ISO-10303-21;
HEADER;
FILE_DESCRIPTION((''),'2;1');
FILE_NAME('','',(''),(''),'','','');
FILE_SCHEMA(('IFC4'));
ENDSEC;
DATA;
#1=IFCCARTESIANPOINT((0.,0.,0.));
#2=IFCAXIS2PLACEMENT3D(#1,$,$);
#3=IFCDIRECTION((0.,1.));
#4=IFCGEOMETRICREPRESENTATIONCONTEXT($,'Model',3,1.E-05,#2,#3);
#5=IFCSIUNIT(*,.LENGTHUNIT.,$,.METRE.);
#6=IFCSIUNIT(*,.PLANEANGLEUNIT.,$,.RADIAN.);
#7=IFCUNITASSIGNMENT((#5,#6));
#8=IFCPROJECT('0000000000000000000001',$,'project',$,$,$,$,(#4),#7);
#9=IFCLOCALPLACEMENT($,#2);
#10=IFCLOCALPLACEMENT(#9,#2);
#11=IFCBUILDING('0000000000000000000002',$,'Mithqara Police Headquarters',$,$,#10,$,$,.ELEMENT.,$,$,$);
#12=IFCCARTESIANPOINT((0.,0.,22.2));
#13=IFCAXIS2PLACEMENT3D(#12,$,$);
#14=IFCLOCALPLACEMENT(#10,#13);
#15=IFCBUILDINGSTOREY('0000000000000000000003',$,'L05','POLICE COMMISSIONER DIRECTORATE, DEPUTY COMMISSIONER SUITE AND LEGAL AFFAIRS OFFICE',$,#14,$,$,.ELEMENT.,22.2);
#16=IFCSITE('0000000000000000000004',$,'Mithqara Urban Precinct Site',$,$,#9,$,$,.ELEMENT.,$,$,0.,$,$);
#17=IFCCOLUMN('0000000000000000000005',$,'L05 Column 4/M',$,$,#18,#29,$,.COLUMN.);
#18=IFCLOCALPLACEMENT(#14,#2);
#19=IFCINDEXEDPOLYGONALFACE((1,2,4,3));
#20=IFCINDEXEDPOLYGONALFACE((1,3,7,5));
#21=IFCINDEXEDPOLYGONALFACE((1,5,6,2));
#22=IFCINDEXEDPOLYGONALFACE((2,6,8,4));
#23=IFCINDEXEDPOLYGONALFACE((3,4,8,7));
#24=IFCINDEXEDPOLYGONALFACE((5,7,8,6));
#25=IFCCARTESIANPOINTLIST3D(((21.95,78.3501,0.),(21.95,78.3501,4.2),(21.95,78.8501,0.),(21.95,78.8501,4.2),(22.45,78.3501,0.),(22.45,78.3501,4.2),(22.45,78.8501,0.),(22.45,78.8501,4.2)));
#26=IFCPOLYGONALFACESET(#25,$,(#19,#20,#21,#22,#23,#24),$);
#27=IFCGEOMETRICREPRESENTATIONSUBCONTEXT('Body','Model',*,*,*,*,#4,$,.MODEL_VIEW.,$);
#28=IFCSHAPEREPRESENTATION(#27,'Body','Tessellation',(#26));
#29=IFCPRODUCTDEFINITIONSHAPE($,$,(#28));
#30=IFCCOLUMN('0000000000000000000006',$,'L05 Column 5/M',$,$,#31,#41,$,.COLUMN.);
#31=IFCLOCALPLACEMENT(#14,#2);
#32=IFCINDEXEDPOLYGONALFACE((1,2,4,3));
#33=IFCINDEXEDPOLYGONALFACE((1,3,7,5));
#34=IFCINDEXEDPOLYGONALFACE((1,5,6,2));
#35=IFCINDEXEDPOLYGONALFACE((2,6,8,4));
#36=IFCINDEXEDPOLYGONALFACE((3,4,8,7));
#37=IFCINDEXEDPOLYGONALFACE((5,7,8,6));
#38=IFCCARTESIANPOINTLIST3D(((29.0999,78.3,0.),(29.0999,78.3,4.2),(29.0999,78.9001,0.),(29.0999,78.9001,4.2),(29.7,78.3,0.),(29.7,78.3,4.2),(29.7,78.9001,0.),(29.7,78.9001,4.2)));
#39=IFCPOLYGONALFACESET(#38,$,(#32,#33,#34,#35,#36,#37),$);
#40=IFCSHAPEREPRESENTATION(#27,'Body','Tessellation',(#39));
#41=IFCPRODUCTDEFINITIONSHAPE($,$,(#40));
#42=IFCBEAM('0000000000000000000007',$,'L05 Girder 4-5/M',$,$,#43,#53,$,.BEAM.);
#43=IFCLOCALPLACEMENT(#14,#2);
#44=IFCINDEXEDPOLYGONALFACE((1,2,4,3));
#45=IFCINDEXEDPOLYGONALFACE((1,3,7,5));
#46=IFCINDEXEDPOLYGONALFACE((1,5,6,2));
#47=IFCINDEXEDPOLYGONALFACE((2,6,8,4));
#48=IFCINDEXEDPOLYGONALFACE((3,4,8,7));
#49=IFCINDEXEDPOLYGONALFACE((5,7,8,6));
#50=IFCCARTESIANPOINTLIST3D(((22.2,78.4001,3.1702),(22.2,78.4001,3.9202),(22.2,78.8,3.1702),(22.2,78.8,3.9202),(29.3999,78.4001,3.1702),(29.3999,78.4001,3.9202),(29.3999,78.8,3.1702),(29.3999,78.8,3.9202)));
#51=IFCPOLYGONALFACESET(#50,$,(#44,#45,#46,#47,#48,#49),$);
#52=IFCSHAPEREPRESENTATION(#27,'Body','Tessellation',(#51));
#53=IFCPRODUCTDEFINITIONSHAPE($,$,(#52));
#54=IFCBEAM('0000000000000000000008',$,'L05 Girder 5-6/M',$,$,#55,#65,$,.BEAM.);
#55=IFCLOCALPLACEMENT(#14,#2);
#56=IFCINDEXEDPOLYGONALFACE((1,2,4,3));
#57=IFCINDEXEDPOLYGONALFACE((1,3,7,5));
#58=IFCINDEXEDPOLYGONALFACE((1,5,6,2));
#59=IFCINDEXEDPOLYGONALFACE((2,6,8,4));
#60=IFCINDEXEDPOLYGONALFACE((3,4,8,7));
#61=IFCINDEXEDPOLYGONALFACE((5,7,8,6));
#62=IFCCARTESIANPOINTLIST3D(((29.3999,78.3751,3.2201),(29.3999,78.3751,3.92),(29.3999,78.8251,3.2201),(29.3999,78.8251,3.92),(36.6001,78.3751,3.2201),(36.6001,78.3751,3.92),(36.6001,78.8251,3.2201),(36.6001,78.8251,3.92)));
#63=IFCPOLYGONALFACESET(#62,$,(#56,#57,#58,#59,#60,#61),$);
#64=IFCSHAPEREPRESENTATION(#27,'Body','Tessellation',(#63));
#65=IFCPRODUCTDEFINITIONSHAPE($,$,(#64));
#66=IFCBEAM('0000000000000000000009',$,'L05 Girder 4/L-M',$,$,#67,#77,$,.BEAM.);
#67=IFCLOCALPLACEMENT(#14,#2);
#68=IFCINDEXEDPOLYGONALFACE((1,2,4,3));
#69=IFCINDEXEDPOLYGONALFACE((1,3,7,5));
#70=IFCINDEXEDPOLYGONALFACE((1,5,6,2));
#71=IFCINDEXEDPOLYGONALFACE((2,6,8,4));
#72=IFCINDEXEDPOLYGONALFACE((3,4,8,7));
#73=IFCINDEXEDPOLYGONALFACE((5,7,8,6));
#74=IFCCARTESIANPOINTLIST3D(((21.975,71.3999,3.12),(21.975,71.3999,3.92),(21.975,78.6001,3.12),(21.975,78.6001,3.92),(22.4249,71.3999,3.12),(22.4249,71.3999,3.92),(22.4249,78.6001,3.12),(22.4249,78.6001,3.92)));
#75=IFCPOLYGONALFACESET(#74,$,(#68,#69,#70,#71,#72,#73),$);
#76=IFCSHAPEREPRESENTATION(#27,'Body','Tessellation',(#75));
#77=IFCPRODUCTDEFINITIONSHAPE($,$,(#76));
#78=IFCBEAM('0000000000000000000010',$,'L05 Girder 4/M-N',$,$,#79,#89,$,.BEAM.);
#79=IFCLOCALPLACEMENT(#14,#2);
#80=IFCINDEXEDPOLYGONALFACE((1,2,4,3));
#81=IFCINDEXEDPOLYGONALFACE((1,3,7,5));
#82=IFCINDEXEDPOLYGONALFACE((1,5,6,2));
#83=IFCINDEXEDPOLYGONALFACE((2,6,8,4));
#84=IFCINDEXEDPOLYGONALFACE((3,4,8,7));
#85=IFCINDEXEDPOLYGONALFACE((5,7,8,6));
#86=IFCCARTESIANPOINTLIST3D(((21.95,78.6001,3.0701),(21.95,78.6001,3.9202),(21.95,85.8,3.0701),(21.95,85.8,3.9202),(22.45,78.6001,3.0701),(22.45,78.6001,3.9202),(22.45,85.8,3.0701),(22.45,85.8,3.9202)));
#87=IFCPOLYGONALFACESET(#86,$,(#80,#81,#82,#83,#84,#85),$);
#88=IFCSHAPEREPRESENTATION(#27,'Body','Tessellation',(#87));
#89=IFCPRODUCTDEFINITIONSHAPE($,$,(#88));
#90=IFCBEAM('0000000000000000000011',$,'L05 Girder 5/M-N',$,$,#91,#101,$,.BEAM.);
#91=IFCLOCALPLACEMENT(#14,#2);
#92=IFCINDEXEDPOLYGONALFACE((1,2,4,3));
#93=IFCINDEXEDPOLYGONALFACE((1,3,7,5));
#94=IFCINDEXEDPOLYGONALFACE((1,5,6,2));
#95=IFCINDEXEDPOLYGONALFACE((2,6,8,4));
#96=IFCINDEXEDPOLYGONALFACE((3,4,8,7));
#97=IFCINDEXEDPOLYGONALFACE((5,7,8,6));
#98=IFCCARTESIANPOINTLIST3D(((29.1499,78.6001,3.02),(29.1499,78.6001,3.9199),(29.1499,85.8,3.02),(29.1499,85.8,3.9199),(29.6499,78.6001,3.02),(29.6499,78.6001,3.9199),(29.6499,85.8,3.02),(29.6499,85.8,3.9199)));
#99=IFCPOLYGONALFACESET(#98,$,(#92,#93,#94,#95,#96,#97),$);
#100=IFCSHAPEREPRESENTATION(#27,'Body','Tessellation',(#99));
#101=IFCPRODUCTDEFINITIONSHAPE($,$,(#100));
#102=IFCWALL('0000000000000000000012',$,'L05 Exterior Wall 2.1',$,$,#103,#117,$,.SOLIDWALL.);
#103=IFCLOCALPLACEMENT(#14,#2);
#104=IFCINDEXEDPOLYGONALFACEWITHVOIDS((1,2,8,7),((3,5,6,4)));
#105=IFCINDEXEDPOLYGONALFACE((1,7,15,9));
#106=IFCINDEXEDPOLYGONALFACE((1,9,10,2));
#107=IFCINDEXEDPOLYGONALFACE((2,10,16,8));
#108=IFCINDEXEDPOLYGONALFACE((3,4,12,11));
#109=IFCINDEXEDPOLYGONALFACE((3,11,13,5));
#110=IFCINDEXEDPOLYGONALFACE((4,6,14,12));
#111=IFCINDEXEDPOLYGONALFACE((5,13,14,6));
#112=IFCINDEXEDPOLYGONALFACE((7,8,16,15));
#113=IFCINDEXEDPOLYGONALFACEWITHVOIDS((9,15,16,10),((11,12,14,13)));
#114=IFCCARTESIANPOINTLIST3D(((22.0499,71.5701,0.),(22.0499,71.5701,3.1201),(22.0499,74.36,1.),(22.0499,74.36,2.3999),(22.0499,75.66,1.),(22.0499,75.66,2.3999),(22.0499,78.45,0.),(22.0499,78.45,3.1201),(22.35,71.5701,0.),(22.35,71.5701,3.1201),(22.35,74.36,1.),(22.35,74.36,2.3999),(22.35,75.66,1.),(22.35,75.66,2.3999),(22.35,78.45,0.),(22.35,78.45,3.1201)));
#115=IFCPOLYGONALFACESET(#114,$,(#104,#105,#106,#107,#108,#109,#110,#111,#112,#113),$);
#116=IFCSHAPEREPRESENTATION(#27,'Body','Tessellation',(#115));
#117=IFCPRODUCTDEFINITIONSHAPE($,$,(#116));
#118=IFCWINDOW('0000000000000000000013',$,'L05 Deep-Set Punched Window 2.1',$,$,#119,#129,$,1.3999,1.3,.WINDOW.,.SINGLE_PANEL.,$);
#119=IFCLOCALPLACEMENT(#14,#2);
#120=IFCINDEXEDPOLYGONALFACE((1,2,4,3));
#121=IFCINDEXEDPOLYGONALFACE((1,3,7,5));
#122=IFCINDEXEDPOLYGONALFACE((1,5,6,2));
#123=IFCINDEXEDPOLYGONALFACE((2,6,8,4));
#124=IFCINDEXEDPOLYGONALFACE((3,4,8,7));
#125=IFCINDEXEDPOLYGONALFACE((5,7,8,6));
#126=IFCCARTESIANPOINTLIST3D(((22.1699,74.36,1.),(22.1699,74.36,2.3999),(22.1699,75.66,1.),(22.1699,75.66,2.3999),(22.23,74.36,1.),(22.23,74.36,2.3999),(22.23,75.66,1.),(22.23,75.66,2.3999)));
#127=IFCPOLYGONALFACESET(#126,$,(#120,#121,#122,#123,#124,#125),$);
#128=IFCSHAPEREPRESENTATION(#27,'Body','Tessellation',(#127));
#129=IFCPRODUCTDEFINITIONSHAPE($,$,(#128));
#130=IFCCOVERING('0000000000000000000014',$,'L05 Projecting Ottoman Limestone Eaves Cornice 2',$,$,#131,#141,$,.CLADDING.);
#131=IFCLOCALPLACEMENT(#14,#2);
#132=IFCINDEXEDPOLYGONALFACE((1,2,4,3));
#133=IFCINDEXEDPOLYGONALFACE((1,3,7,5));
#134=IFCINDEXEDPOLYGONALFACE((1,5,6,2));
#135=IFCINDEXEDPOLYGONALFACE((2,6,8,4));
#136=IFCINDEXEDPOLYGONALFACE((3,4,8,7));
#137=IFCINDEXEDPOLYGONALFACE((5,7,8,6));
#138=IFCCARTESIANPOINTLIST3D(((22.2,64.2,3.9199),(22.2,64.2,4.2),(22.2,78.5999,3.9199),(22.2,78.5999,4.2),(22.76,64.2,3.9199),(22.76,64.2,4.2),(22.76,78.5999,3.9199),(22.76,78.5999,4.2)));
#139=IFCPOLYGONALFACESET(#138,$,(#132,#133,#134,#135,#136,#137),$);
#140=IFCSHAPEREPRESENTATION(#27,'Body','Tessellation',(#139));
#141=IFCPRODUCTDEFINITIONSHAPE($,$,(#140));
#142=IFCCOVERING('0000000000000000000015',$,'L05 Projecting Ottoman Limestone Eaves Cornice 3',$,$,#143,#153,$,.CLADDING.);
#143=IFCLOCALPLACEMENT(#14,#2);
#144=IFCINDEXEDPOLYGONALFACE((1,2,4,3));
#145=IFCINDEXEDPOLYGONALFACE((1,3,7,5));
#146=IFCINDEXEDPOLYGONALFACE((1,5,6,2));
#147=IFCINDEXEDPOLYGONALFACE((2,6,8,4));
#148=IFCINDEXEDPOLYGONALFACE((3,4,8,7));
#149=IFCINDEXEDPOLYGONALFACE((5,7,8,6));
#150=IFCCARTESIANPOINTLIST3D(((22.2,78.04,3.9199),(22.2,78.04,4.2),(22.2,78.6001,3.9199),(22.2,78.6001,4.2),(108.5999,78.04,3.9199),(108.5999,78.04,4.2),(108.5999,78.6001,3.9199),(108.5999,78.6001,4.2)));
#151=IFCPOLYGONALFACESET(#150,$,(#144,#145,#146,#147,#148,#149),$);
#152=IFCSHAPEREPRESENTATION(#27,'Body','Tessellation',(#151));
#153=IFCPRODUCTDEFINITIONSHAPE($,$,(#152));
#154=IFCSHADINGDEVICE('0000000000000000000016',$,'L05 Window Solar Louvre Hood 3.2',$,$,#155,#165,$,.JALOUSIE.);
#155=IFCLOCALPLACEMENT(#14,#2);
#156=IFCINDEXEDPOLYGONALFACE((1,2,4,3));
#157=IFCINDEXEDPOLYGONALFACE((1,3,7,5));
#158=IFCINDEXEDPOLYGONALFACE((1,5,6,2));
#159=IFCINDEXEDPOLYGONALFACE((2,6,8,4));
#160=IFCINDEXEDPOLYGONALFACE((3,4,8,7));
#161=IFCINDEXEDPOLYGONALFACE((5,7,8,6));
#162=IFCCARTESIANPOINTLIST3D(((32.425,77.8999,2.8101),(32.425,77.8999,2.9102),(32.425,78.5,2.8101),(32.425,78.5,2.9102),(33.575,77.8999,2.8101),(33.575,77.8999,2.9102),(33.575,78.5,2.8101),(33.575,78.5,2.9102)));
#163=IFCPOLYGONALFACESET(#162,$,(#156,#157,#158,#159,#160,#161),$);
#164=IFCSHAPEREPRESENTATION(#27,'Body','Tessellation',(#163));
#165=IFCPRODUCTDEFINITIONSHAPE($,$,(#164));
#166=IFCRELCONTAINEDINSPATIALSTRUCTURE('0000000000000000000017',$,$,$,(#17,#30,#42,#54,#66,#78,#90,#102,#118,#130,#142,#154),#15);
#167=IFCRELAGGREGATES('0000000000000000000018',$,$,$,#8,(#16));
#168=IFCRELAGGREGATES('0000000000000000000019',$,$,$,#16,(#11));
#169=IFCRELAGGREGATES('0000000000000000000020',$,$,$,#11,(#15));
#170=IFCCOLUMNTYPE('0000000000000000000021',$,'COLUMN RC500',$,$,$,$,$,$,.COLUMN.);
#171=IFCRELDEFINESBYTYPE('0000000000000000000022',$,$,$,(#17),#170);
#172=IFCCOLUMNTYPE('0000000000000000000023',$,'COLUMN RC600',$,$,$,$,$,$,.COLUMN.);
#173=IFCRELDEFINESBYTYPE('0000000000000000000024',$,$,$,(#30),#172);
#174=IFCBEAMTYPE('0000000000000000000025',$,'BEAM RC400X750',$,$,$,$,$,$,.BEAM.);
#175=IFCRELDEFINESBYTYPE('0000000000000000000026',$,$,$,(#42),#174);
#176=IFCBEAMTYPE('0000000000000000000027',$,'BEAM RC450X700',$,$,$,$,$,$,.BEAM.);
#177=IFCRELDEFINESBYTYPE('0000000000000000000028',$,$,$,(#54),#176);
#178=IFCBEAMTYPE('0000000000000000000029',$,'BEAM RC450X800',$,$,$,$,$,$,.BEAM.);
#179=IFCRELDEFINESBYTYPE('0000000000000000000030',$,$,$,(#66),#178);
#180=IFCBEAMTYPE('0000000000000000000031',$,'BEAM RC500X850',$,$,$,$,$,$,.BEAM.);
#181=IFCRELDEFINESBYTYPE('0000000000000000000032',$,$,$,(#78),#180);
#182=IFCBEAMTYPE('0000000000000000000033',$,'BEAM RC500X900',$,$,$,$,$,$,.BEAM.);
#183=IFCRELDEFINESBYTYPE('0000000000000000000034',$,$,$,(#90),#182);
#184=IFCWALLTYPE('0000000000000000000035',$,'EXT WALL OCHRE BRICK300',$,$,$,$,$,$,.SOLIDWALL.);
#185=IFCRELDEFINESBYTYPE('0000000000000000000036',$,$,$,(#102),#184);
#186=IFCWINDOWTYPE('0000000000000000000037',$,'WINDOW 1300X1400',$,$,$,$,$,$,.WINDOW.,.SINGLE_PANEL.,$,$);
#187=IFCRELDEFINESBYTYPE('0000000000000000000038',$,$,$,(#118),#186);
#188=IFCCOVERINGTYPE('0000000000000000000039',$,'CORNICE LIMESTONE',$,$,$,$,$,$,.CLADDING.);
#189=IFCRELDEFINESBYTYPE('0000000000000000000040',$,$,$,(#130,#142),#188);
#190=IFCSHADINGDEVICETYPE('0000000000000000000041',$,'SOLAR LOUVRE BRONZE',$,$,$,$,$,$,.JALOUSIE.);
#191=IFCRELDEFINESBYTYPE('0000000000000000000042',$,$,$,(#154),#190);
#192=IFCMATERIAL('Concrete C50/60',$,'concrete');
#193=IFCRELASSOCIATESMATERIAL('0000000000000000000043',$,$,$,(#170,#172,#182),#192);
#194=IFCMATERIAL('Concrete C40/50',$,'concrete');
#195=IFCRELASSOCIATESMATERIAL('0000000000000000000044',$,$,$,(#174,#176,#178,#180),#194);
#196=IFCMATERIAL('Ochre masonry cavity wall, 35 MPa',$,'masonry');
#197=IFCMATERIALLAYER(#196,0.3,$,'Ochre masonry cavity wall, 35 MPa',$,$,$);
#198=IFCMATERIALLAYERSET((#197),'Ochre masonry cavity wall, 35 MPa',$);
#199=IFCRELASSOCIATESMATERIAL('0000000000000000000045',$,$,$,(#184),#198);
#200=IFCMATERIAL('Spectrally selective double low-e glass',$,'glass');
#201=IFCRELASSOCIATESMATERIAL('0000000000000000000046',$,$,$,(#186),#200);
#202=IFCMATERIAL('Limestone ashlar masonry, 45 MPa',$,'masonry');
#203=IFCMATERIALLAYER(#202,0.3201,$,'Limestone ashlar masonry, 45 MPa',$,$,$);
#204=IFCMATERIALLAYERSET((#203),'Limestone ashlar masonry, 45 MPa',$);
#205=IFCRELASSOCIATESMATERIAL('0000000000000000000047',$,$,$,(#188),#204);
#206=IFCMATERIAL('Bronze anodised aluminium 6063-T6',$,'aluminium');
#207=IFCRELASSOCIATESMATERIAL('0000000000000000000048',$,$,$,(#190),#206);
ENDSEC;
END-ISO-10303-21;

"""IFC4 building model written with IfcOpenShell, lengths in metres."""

from ifc_helpers import new_model, si_unit, direction, frame, frame_2d, origin, origin_2d, place, context, subcontext, project, spatial, rectangle, extrude, material, layer, layer_set, material_profile, profile_set, type_object, element, fill, save


model = new_model("IFC4")

# Units and contexts
model_context = context("Model", 3, precision=1e-05, world=origin(), true_north=direction((0.0, 1.0)))
body_context = subcontext(model_context, "Body", "Model", "MODEL_VIEW")
ifc_project = project(units=[si_unit("LENGTHUNIT", "METRE"), si_unit("PLANEANGLEUNIT", "RADIAN")], contexts=[model_context])

# Site, building, storey
site_placement = place(None, origin())
site = spatial("IfcSite", under=ifc_project, at=site_placement, Name="Mithqara Urban Precinct Site", CompositionType="ELEMENT", RefElevation=0.0)
building_placement = place(site_placement, origin())
building = spatial("IfcBuilding", under=site, at=building_placement, Name="Mithqara Police Headquarters", CompositionType="ELEMENT")
storey_placement = place(building_placement, frame((0.0, 0.0, 22.2)))
storey = spatial("IfcBuildingStorey", under=building, at=storey_placement, Name="L05", Description="POLICE COMMISSIONER DIRECTORATE, DEPUTY COMMISSIONER SUITE AND LEGAL AFFAIRS OFFICE", CompositionType="ELEMENT", Elevation=22.2)

# Columns
ifc_material_1 = material(Name="Concrete C50/60", Category="concrete")
ifc_material_profile_1 = material_profile(ifc_material_1, rectangle(XDim=0.5, YDim=0.5, at=origin_2d()), Name="RC 500x500")
ifc_profile_set_1 = profile_set([ifc_material_profile_1], Name="Concrete C50/60")
column_type_1 = type_object("IfcColumnType", Name="COLUMN RC500", PredefinedType="COLUMN", material=ifc_profile_set_1)
column_1_placement = place(storey_placement, frame((22.2, 78.6001, 0.0), z_axis=(0.0, 0.0, 1.0), x_axis=(1.0, 0.0, 0.0)))
element("IfcColumn", 1, at=column_1_placement, inside=storey, type_object=column_type_1, Name="L05 Column 4/M", PredefinedType="COLUMN", context=body_context, shape_type="SweptSolid", body=[
    extrude(rectangle(XDim=0.5, YDim=0.5, at=origin_2d()), origin(), (0.0, 0.0, 1.0), 4.2),
])
ifc_material_profile_2 = material_profile(ifc_material_1, rectangle(XDim=0.6001, YDim=0.6001, at=origin_2d()), Name="RC 600x600")
ifc_profile_set_2 = profile_set([ifc_material_profile_2], Name="Concrete C50/60")
column_type_2 = type_object("IfcColumnType", Name="COLUMN RC600", PredefinedType="COLUMN", material=ifc_profile_set_2)
column_2_placement = place(storey_placement, frame((29.3999, 78.6001, 0.0), z_axis=(0.0, 0.0, 1.0), x_axis=(1.0, 0.0, 0.0)))
element("IfcColumn", 2, at=column_2_placement, inside=storey, type_object=column_type_2, Name="L05 Column 5/M", PredefinedType="COLUMN", context=body_context, shape_type="SweptSolid", body=[
    extrude(rectangle(XDim=0.6001, YDim=0.6001, at=origin_2d()), origin(), (0.0, 0.0, 1.0), 4.2),
])

# Beams
ifc_material_2 = material(Name="Concrete C40/50", Category="concrete")
ifc_material_profile_3 = material_profile(ifc_material_2, rectangle(XDim=0.3999, YDim=0.75, at=origin_2d()), Name="RC 400x750")
ifc_profile_set_3 = profile_set([ifc_material_profile_3], Name="Concrete C40/50")
beam_type_1 = type_object("IfcBeamType", Name="BEAM RC400X750", PredefinedType="BEAM", material=ifc_profile_set_3)
beam_1_placement = place(storey_placement, frame((22.2, 78.6001, 3.5452), z_axis=(1.0, 0.0, 0.0), x_axis=(0.0, 1.0, 0.0)))
element("IfcBeam", 3, at=beam_1_placement, inside=storey, type_object=beam_type_1, Name="L05 Girder 4-5/M", PredefinedType="BEAM", context=body_context, shape_type="SweptSolid", body=[
    extrude(rectangle(XDim=0.3999, YDim=0.75, at=origin_2d()), origin(), (0.0, 0.0, 1.0), 7.2),
])
ifc_material_profile_4 = material_profile(ifc_material_2, rectangle(XDim=0.45, YDim=0.7, at=origin_2d()), Name="RC 450x700")
ifc_profile_set_4 = profile_set([ifc_material_profile_4], Name="Concrete C40/50")
beam_type_2 = type_object("IfcBeamType", Name="BEAM RC450X700", PredefinedType="BEAM", material=ifc_profile_set_4)
beam_2_placement = place(storey_placement, frame((29.3999, 78.6001, 3.5701), z_axis=(1.0, 0.0, 0.0), x_axis=(0.0, 1.0, 0.0)))
element("IfcBeam", 4, at=beam_2_placement, inside=storey, type_object=beam_type_2, Name="L05 Girder 5-6/M", PredefinedType="BEAM", context=body_context, shape_type="SweptSolid", body=[
    extrude(rectangle(XDim=0.45, YDim=0.7, at=origin_2d()), origin(), (0.0, 0.0, 1.0), 7.2002),
])
ifc_material_profile_5 = material_profile(ifc_material_2, rectangle(XDim=0.45, YDim=0.8, at=origin_2d()), Name="RC 450x800")
ifc_profile_set_5 = profile_set([ifc_material_profile_5], Name="Concrete C40/50")
beam_type_3 = type_object("IfcBeamType", Name="BEAM RC450X800", PredefinedType="BEAM", material=ifc_profile_set_5)
beam_3_placement = place(storey_placement, frame((22.2, 71.3999, 3.52), z_axis=(0.0, 1.0, 0.0), x_axis=(-1.0, 0.0, 0.0)))
element("IfcBeam", 5, at=beam_3_placement, inside=storey, type_object=beam_type_3, Name="L05 Girder 4/L-M", PredefinedType="BEAM", context=body_context, shape_type="SweptSolid", body=[
    extrude(rectangle(XDim=0.45, YDim=0.8, at=origin_2d()), origin(), (0.0, 0.0, 1.0), 7.2002),
])
ifc_material_profile_6 = material_profile(ifc_material_2, rectangle(XDim=0.5, YDim=0.8501, at=origin_2d()), Name="RC 500x850")
ifc_profile_set_6 = profile_set([ifc_material_profile_6], Name="Concrete C40/50")
beam_type_4 = type_object("IfcBeamType", Name="BEAM RC500X850", PredefinedType="BEAM", material=ifc_profile_set_6)
beam_4_placement = place(storey_placement, frame((22.2, 78.6001, 3.4951), z_axis=(0.0, 1.0, 0.0), x_axis=(-1.0, 0.0, 0.0)))
element("IfcBeam", 6, at=beam_4_placement, inside=storey, type_object=beam_type_4, Name="L05 Girder 4/M-N", PredefinedType="BEAM", context=body_context, shape_type="SweptSolid", body=[
    extrude(rectangle(XDim=0.5, YDim=0.8501, at=origin_2d()), origin(), (0.0, 0.0, 1.0), 7.2),
])
ifc_material_profile_7 = material_profile(ifc_material_1, rectangle(XDim=0.5, YDim=0.8999, at=origin_2d()), Name="RC 500x900")
ifc_profile_set_7 = profile_set([ifc_material_profile_7], Name="Concrete C50/60")
beam_type_5 = type_object("IfcBeamType", Name="BEAM RC500X900", PredefinedType="BEAM", material=ifc_profile_set_7)
beam_5_placement = place(storey_placement, frame((29.3999, 78.6001, 3.47), z_axis=(0.0, 1.0, 0.0), x_axis=(-1.0, 0.0, 0.0)))
element("IfcBeam", 7, at=beam_5_placement, inside=storey, type_object=beam_type_5, Name="L05 Girder 5/M-N", PredefinedType="BEAM", context=body_context, shape_type="SweptSolid", body=[
    extrude(rectangle(XDim=0.5, YDim=0.8999, at=origin_2d()), origin(), (0.0, 0.0, 1.0), 7.2),
])

# Wall, opening, window
ifc_material_3 = material(Name="Ochre masonry cavity wall, 35 MPa", Category="masonry")
ifc_layer_1 = layer(ifc_material_3, 0.3, Name="Ochre masonry cavity wall, 35 MPa")
ifc_layer_set_1 = layer_set([ifc_layer_1], Name="Ochre masonry cavity wall, 35 MPa")
wall_type = type_object("IfcWallType", Name="EXT WALL OCHRE BRICK300", PredefinedType="SOLIDWALL", material=ifc_layer_set_1)
wall_placement = place(storey_placement, frame((22.2, 71.5701, 0.0), z_axis=(0.0, 0.0, 1.0), x_axis=(0.0, 1.0, 0.0)))
wall = element("IfcWall", 8, at=wall_placement, inside=storey, type_object=wall_type, Name="L05 Exterior Wall 2.1", PredefinedType="SOLIDWALL", context=body_context, shape_type="SweptSolid", body=[
    extrude(rectangle(XDim=6.8799, YDim=0.3, at=frame_2d((3.4399, 0.0))), origin(), (0.0, 0.0, 1.0), 3.1201),
])
opening_placement = place(wall_placement, frame((2.79, 0.0, 1.0)))
opening = element("IfcOpeningElement", 9, at=opening_placement, cuts=wall, PredefinedType="OPENING", context=body_context, shape_type="SweptSolid", body=[
    extrude(rectangle(XDim=1.3, YDim=1.3999, at=frame_2d((0.6499, 0.7))), frame((0.0, 0.1602, 0.0), z_axis=(0.0, -1.0, 0.0), x_axis=(1.0, 0.0, 0.0)), (0.0, 0.0, 1.0), 0.3201),
])
ifc_material_4 = material(Name="Spectrally selective double low-e glass", Category="glass")
window_type = type_object("IfcWindowType", Name="WINDOW 1300X1400", PartitioningType="SINGLE_PANEL", PredefinedType="WINDOW", material=ifc_material_4)
window_placement = place(opening_placement, origin())
window = element("IfcWindow", 10, at=window_placement, inside=storey, type_object=window_type, Name="L05 Deep-Set Punched Window 2.1", OverallHeight=1.3999, OverallWidth=1.3, PartitioningType="SINGLE_PANEL", PredefinedType="WINDOW", context=body_context, shape_type="SweptSolid", body=[
    extrude(rectangle(XDim=1.3, YDim=1.3999, at=frame_2d((0.6499, 0.7))), frame((0.0, 0.03, 0.0), z_axis=(0.0, -1.0, 0.0), x_axis=(1.0, 0.0, 0.0)), (0.0, 0.0, 1.0), 0.0601),
])
fill(opening, window)

# Coverings
ifc_material_5 = material(Name="Limestone ashlar masonry, 45 MPa", Category="masonry")
ifc_layer_2 = layer(ifc_material_5, 0.3201, Name="Limestone ashlar masonry, 45 MPa")
ifc_layer_set_2 = layer_set([ifc_layer_2], Name="Limestone ashlar masonry, 45 MPa")
covering_type_1 = type_object("IfcCoveringType", Name="CORNICE LIMESTONE", PredefinedType="CLADDING", material=ifc_layer_set_2)
covering_1_placement = place(storey_placement, frame((22.48, 71.3999, 3.9199), z_axis=(0.0, 0.0, 1.0), x_axis=(0.0, 1.0, 0.0)))
element("IfcCovering", 11, at=covering_1_placement, inside=storey, type_object=covering_type_1, Name="L05 Projecting Ottoman Limestone Eaves Cornice 2", PredefinedType="CLADDING", context=body_context, shape_type="SweptSolid", body=[
    extrude(rectangle(XDim=14.3999, YDim=0.5601, at=origin_2d()), origin(), (0.0, 0.0, 1.0), 0.28),
])
covering_2_placement = place(storey_placement, frame((65.3999, 78.3201, 3.9199), z_axis=(0.0, 0.0, 1.0), x_axis=(1.0, 0.0, 0.0)))
element("IfcCovering", 12, at=covering_2_placement, inside=storey, type_object=covering_type_1, Name="L05 Projecting Ottoman Limestone Eaves Cornice 3", PredefinedType="CLADDING", context=body_context, shape_type="SweptSolid", body=[
    extrude(rectangle(XDim=86.3999, YDim=0.5601, at=origin_2d()), origin(), (0.0, 0.0, 1.0), 0.28),
])

# Shading device
ifc_material_6 = material(Name="Bronze anodised aluminium 6063-T6", Category="aluminium")
shading_device_type = type_object("IfcShadingDeviceType", Name="SOLAR LOUVRE BRONZE", PredefinedType="JALOUSIE", material=ifc_material_6)
for number, where, z_axis, x_axis, name in (
    (13, (33.0, 78.2, 2.8101), (0.0, 0.0, 1.0), (1.0, 0.0, 0.0), "L05 Window Solar Louvre Hood 3.2"),
):
    element("IfcShadingDevice", number, at=place(storey_placement, frame(where, z_axis=z_axis, x_axis=x_axis)), inside=storey, type_object=shading_device_type, Name=name, PredefinedType="JALOUSIE", context=body_context, shape_type="SweptSolid", body=[
        extrude(rectangle(XDim=1.1499, YDim=0.6001, at=origin_2d()), origin(), (0.0, 0.0, 1.0), 0.1001),
    ])

save(model, "model.ifc")
